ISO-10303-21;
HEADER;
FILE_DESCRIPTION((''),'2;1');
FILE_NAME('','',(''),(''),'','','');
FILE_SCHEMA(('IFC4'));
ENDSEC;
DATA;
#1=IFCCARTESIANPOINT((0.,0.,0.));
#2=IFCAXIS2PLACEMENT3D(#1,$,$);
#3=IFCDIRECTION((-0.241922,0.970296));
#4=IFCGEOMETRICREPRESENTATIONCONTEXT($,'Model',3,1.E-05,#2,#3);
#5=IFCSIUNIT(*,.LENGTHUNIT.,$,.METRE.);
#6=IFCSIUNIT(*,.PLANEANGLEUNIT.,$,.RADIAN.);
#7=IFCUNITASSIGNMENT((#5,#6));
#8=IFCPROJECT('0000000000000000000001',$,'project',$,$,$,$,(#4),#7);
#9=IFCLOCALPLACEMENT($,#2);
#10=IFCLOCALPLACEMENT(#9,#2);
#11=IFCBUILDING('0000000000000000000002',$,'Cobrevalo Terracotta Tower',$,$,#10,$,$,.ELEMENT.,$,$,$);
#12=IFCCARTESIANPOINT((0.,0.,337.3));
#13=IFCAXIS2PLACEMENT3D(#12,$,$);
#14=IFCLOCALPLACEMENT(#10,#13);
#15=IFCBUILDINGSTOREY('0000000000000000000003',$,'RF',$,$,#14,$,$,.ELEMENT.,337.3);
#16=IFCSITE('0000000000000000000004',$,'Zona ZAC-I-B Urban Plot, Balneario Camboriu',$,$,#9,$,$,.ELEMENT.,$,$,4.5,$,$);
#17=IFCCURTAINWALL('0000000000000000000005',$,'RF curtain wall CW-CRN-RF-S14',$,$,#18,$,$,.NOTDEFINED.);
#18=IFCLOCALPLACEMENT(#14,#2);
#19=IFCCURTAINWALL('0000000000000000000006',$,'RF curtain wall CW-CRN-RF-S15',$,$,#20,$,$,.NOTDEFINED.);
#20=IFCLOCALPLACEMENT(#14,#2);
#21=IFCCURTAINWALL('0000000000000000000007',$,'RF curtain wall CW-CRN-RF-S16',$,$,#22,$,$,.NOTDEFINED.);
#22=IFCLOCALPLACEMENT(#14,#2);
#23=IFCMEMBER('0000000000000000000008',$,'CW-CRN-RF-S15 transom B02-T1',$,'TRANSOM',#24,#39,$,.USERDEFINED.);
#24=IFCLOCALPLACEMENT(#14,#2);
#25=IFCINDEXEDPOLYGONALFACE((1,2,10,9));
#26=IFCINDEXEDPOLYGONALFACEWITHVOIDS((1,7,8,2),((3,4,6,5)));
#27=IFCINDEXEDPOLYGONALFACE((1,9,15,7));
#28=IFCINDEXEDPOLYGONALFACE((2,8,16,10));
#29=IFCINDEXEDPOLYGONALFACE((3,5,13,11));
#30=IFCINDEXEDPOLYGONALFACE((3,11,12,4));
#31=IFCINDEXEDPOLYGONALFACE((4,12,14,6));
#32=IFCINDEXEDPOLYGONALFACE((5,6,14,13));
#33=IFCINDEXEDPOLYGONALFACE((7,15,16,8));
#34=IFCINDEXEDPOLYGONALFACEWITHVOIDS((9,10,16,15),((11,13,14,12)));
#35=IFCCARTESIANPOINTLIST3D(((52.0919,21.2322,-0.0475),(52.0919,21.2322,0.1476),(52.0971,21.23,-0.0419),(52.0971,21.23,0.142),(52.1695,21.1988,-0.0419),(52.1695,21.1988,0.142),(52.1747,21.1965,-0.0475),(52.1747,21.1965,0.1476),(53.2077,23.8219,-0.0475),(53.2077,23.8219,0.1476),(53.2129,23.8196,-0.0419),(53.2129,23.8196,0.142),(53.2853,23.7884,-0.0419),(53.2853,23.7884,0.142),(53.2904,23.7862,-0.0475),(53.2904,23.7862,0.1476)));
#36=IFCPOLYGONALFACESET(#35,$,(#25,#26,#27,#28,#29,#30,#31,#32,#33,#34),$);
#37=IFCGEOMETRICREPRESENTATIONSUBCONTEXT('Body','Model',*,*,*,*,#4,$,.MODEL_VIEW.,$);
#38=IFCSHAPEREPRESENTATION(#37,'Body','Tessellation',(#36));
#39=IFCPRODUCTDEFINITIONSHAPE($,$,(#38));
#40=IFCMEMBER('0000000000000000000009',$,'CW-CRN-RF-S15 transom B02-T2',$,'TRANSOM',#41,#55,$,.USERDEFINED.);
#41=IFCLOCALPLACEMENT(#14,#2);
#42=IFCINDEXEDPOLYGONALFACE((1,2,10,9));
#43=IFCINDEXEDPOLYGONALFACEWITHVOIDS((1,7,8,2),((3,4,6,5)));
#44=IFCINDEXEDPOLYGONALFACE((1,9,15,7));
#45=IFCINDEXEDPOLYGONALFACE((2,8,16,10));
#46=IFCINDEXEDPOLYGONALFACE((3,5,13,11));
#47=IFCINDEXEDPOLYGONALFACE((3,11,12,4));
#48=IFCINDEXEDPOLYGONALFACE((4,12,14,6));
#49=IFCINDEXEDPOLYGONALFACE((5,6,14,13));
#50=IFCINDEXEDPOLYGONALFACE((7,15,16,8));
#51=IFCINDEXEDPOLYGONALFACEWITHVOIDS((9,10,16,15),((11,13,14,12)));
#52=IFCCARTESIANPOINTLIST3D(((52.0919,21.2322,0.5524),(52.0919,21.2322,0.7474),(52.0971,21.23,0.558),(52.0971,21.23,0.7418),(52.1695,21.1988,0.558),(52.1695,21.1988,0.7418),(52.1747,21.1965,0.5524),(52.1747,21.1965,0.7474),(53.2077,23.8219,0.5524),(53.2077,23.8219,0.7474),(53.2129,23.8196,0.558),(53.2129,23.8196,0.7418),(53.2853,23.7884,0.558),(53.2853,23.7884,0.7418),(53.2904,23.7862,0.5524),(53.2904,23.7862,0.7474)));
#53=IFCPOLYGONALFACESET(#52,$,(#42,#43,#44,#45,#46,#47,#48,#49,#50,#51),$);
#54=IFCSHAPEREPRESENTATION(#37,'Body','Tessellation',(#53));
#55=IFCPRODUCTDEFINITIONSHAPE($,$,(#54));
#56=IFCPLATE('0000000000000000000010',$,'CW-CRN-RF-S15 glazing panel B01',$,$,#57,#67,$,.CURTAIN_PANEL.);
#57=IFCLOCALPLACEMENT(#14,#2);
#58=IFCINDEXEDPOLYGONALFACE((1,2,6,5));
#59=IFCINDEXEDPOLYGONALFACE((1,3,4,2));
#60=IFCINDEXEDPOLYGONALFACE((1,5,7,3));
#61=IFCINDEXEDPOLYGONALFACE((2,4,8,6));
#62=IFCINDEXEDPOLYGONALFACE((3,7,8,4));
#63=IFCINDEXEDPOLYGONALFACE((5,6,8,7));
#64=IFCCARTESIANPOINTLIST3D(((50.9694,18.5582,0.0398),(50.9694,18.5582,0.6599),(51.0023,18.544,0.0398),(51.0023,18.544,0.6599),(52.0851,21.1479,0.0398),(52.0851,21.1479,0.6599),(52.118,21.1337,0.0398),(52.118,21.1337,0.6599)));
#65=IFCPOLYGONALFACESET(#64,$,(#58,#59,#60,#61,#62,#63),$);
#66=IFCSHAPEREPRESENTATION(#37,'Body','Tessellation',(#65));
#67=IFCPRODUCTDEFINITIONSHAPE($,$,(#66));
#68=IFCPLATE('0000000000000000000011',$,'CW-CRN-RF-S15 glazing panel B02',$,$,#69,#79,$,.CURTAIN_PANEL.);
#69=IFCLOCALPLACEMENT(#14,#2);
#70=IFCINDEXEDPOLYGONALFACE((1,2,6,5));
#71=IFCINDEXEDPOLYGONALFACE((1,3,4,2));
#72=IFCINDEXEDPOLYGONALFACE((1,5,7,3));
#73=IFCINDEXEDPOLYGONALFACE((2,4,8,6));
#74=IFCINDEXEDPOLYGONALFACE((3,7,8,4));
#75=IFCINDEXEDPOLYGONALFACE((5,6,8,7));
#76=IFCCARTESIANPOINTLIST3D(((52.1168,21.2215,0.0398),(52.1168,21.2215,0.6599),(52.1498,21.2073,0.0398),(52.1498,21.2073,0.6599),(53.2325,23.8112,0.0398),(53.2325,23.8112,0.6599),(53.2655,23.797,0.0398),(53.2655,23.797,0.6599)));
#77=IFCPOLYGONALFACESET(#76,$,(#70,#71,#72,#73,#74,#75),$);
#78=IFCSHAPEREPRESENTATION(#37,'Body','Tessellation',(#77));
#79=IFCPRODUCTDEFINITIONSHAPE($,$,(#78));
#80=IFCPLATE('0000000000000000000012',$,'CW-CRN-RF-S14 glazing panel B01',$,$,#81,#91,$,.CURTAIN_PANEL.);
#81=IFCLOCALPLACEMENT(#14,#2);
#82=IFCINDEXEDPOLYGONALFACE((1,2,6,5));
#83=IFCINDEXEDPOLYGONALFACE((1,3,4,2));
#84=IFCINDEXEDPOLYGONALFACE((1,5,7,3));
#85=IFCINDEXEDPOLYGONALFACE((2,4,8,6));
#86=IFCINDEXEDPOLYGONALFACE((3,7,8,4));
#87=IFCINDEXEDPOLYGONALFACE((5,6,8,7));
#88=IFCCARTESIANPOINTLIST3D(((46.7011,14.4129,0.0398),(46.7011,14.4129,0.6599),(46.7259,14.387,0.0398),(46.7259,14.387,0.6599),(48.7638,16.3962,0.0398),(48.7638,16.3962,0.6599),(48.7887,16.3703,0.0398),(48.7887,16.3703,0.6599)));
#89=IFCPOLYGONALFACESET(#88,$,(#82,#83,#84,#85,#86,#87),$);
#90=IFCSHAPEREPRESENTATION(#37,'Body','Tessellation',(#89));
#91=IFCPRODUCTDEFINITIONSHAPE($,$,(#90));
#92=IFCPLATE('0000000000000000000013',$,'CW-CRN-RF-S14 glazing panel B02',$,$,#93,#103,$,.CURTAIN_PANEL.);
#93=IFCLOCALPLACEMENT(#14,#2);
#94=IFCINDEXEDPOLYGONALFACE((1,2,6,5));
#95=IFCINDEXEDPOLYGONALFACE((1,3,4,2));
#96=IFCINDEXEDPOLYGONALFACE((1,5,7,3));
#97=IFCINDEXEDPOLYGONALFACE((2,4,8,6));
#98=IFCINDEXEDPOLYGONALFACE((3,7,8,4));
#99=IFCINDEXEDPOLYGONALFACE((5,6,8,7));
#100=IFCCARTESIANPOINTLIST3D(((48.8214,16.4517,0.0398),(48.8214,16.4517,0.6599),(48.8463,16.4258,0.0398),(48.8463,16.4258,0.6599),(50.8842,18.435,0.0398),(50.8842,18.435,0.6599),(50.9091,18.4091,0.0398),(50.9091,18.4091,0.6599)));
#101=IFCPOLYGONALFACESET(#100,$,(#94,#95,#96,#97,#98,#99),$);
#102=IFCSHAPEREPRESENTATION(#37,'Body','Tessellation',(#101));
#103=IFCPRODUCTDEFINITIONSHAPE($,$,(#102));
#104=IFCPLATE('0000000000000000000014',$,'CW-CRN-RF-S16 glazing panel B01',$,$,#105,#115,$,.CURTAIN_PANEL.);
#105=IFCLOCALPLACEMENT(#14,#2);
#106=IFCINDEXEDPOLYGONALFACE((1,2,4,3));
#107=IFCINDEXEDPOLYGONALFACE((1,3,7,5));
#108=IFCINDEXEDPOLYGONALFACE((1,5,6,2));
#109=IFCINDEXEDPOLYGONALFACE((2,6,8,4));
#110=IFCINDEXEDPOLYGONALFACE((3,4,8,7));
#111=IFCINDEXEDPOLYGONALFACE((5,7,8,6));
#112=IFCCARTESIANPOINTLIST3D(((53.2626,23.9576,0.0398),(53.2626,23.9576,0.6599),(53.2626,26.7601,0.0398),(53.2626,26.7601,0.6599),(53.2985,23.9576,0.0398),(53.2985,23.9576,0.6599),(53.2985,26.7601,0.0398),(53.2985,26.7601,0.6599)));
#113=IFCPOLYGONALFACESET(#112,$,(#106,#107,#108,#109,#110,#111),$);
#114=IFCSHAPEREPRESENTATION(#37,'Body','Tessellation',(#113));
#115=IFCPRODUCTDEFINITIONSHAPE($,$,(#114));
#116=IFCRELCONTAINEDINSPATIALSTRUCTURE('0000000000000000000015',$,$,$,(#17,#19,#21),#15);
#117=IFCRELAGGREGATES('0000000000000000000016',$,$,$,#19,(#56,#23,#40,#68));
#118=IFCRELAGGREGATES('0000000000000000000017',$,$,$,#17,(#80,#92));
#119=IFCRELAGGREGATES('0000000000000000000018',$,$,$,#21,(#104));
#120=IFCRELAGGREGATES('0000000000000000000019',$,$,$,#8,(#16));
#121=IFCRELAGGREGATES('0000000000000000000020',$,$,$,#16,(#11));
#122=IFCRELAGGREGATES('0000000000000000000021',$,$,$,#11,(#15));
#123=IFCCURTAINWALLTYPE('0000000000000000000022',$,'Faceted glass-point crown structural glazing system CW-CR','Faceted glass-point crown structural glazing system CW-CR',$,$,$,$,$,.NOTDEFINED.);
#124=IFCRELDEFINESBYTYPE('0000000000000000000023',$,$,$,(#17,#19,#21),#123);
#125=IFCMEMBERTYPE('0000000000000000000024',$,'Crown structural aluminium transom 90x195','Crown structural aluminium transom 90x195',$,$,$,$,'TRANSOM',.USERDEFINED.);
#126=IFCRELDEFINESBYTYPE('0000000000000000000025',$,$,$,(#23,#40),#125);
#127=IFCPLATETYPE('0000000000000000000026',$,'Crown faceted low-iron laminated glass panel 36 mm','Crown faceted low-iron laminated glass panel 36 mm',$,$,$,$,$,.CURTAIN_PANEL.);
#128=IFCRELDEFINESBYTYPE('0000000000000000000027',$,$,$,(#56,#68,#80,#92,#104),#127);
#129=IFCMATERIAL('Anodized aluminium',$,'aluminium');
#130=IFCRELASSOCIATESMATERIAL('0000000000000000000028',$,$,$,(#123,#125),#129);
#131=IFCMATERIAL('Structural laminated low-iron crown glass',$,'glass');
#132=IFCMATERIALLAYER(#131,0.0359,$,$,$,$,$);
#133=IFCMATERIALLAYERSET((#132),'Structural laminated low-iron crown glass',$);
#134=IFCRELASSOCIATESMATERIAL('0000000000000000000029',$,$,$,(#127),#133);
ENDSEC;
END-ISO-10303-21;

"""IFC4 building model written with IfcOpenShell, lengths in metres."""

from ifc_helpers import new_model, si_unit, direction, frame, origin, origin_2d, place, context, subcontext, project, spatial, rectangle, hollow_rectangle, extrude, source, transform, mapped, material, layer, layer_set, material_profile, profile_set, type_object, element, aggregate, save


model = new_model("IFC4")

# Units and contexts
model_context = context("Model", 3, precision=1e-05, world=origin(), true_north=direction((-0.241922, 0.970296)))
body_context = subcontext(model_context, "Body", "Model", "MODEL_VIEW")
ifc_project = project(units=[si_unit("LENGTHUNIT", "METRE"), si_unit("PLANEANGLEUNIT", "RADIAN")], contexts=[model_context])

# Site, building, storey
site_placement = place(None, origin())
site = spatial("IfcSite", under=ifc_project, at=site_placement, Name="Zona ZAC-I-B Urban Plot, Balneario Camboriu", CompositionType="ELEMENT", RefElevation=4.5)
building_placement = place(site_placement, origin())
building = spatial("IfcBuilding", under=site, at=building_placement, Name="Cobrevalo Terracotta Tower", CompositionType="ELEMENT")
storey_placement = place(building_placement, frame((0.0, 0.0, 337.3)))
storey = spatial("IfcBuildingStorey", under=building, at=storey_placement, Name="RF", CompositionType="ELEMENT", Elevation=337.3)

# Curtain walls
ifc_material_1 = material(Name="Anodized aluminium", Category="aluminium")
curtain_wall_type = type_object("IfcCurtainWallType", Name="Faceted glass-point crown structural glazing system CW-CR", Description="Faceted glass-point crown structural glazing system CW-CR", PredefinedType="NOTDEFINED", material=ifc_material_1)
curtain_wall_1_placement = place(storey_placement, origin())
curtain_wall_1 = element("IfcCurtainWall", 1, at=curtain_wall_1_placement, inside=storey, type_object=curtain_wall_type, Name="RF curtain wall CW-CRN-RF-S14", PredefinedType="NOTDEFINED")
curtain_wall_2_placement = place(storey_placement, origin())
curtain_wall_2 = element("IfcCurtainWall", 2, at=curtain_wall_2_placement, inside=storey, type_object=curtain_wall_type, Name="RF curtain wall CW-CRN-RF-S15", PredefinedType="NOTDEFINED")
curtain_wall_3_placement = place(storey_placement, origin())
curtain_wall_3 = element("IfcCurtainWall", 3, at=curtain_wall_3_placement, inside=storey, type_object=curtain_wall_type, Name="RF curtain wall CW-CRN-RF-S16", PredefinedType="NOTDEFINED")

# Members
ifc_material_profile_1 = material_profile(ifc_material_1, hollow_rectangle(XDim=0.0901, YDim=0.1951, WallThickness=0.0056, at=origin_2d()), Name="CWT 90x195")
ifc_profile_set_1 = profile_set([ifc_material_profile_1], Name="Anodized aluminium")
member_type_1 = type_object("IfcMemberType", Name="Crown structural aluminium transom 90x195", Description="Crown structural aluminium transom 90x195", ElementType="TRANSOM", PredefinedType="USERDEFINED", material=ifc_profile_set_1)
shared_shape_1 = source(origin(), body_context, "Body", "SweptSolid", [
    extrude(hollow_rectangle(XDim=0.0901, YDim=0.1951, WallThickness=0.0056, at=origin_2d()), origin(), (0.0, 0.0, 1.0), 2.8198),
])
member_1_placement = place(storey_placement, frame((52.1333, 21.2144, 0.05), z_axis=(0.395685, 0.918386, 0.0), x_axis=(-0.918386, 0.395685, 0.0)))
member_1 = element("IfcMember", 4, at=member_1_placement, type_object=member_type_1, Name="CW-CRN-RF-S15 transom B02-T1", ObjectType="TRANSOM", PredefinedType="USERDEFINED", context=body_context, shape_type="MappedRepresentation", body=[
    mapped(shared_shape_1, transform((0.0, 0.0, 0.0), scale=1.0)),
])
member_2_placement = place(storey_placement, frame((52.1333, 21.2144, 0.6499), z_axis=(0.395685, 0.918386, 0.0), x_axis=(-0.918386, 0.395685, 0.0)))
member_2 = element("IfcMember", 5, at=member_2_placement, type_object=member_type_1, Name="CW-CRN-RF-S15 transom B02-T2", ObjectType="TRANSOM", PredefinedType="USERDEFINED", context=body_context, shape_type="MappedRepresentation", body=[
    mapped(shared_shape_1, transform((0.0, 0.0, 0.0), scale=1.0)),
])

# Plates
ifc_material_2 = material(Name="Structural laminated low-iron crown glass", Category="glass")
ifc_layer = layer(ifc_material_2, 0.0359)
ifc_layer_set = layer_set([ifc_layer], Name="Structural laminated low-iron crown glass")
plate_type = type_object("IfcPlateType", Name="Crown faceted low-iron laminated glass panel 36 mm", Description="Crown faceted low-iron laminated glass panel 36 mm", PredefinedType="CURTAIN_PANEL", material=ifc_layer_set)
shared_shape_2 = source(origin(), body_context, "Body", "SweptSolid", [
    extrude(rectangle(XDim=2.8198, YDim=0.0359, at=origin_2d()), origin(), (0.0, 0.0, 1.0), 0.6201),
])
plate_1_placement = place(storey_placement, frame((51.5437, 19.8459, 0.0398), z_axis=(0.0, 0.0, 1.0), x_axis=(0.395651, 0.918401, 0.0)))
plate_1 = element("IfcPlate", 6, at=plate_1_placement, type_object=plate_type, Name="CW-CRN-RF-S15 glazing panel B01", PredefinedType="CURTAIN_PANEL", context=body_context, shape_type="MappedRepresentation", body=[
    mapped(shared_shape_2, transform((0.0, 0.0, 0.0), scale=1.0)),
])
plate_2_placement = place(storey_placement, frame((52.6912, 22.5093, 0.0398), z_axis=(0.0, 0.0, 1.0), x_axis=(0.395651, 0.918401, 0.0)))
plate_2 = element("IfcPlate", 7, at=plate_2_placement, type_object=plate_type, Name="CW-CRN-RF-S15 glazing panel B02", PredefinedType="CURTAIN_PANEL", context=body_context, shape_type="MappedRepresentation", body=[
    mapped(shared_shape_2, transform((0.0, 0.0, 0.0), scale=1.0)),
])
aggregate(curtain_wall_2, [plate_1, member_1, member_2, plate_2])
shared_shape_3 = source(origin(), body_context, "Body", "SweptSolid", [
    extrude(rectangle(XDim=2.8616, YDim=0.0359, at=origin_2d()), origin(), (0.0, 0.0, 1.0), 0.6201),
])
plate_3_placement = place(storey_placement, frame((47.7449, 15.3916, 0.0398), z_axis=(0.0, 0.0, 1.0), x_axis=(0.720851, 0.69309, 0.0)))
plate_3 = element("IfcPlate", 8, at=plate_3_placement, type_object=plate_type, Name="CW-CRN-RF-S14 glazing panel B01", PredefinedType="CURTAIN_PANEL", context=body_context, shape_type="MappedRepresentation", body=[
    mapped(shared_shape_3, transform((0.0, 0.0, 0.0), scale=1.0)),
])
plate_4_placement = place(storey_placement, frame((49.8652, 17.4304, 0.0398), z_axis=(0.0, 0.0, 1.0), x_axis=(0.720851, 0.69309, 0.0)))
plate_4 = element("IfcPlate", 9, at=plate_4_placement, type_object=plate_type, Name="CW-CRN-RF-S14 glazing panel B02", PredefinedType="CURTAIN_PANEL", context=body_context, shape_type="MappedRepresentation", body=[
    mapped(shared_shape_3, transform((0.0, 0.0, 0.0), scale=1.0)),
])
aggregate(curtain_wall_1, [plate_3, plate_4])
shared_shape_4 = source(origin(), body_context, "Body", "SweptSolid", [
    extrude(rectangle(XDim=2.8025, YDim=0.0359, at=origin_2d()), origin(), (0.0, 0.0, 1.0), 0.6201),
])
plate_5_placement = place(storey_placement, frame((53.2805, 25.3589, 0.0398), z_axis=(0.0, 0.0, 1.0), x_axis=(0.0, 1.0, 0.0)))
plate_5 = element("IfcPlate", 10, at=plate_5_placement, type_object=plate_type, Name="CW-CRN-RF-S16 glazing panel B01", PredefinedType="CURTAIN_PANEL", context=body_context, shape_type="MappedRepresentation", body=[
    mapped(shared_shape_4, transform((0.0, 0.0, 0.0), scale=1.0)),
])
aggregate(curtain_wall_3, [plate_5])

save(model, "model.ifc")
